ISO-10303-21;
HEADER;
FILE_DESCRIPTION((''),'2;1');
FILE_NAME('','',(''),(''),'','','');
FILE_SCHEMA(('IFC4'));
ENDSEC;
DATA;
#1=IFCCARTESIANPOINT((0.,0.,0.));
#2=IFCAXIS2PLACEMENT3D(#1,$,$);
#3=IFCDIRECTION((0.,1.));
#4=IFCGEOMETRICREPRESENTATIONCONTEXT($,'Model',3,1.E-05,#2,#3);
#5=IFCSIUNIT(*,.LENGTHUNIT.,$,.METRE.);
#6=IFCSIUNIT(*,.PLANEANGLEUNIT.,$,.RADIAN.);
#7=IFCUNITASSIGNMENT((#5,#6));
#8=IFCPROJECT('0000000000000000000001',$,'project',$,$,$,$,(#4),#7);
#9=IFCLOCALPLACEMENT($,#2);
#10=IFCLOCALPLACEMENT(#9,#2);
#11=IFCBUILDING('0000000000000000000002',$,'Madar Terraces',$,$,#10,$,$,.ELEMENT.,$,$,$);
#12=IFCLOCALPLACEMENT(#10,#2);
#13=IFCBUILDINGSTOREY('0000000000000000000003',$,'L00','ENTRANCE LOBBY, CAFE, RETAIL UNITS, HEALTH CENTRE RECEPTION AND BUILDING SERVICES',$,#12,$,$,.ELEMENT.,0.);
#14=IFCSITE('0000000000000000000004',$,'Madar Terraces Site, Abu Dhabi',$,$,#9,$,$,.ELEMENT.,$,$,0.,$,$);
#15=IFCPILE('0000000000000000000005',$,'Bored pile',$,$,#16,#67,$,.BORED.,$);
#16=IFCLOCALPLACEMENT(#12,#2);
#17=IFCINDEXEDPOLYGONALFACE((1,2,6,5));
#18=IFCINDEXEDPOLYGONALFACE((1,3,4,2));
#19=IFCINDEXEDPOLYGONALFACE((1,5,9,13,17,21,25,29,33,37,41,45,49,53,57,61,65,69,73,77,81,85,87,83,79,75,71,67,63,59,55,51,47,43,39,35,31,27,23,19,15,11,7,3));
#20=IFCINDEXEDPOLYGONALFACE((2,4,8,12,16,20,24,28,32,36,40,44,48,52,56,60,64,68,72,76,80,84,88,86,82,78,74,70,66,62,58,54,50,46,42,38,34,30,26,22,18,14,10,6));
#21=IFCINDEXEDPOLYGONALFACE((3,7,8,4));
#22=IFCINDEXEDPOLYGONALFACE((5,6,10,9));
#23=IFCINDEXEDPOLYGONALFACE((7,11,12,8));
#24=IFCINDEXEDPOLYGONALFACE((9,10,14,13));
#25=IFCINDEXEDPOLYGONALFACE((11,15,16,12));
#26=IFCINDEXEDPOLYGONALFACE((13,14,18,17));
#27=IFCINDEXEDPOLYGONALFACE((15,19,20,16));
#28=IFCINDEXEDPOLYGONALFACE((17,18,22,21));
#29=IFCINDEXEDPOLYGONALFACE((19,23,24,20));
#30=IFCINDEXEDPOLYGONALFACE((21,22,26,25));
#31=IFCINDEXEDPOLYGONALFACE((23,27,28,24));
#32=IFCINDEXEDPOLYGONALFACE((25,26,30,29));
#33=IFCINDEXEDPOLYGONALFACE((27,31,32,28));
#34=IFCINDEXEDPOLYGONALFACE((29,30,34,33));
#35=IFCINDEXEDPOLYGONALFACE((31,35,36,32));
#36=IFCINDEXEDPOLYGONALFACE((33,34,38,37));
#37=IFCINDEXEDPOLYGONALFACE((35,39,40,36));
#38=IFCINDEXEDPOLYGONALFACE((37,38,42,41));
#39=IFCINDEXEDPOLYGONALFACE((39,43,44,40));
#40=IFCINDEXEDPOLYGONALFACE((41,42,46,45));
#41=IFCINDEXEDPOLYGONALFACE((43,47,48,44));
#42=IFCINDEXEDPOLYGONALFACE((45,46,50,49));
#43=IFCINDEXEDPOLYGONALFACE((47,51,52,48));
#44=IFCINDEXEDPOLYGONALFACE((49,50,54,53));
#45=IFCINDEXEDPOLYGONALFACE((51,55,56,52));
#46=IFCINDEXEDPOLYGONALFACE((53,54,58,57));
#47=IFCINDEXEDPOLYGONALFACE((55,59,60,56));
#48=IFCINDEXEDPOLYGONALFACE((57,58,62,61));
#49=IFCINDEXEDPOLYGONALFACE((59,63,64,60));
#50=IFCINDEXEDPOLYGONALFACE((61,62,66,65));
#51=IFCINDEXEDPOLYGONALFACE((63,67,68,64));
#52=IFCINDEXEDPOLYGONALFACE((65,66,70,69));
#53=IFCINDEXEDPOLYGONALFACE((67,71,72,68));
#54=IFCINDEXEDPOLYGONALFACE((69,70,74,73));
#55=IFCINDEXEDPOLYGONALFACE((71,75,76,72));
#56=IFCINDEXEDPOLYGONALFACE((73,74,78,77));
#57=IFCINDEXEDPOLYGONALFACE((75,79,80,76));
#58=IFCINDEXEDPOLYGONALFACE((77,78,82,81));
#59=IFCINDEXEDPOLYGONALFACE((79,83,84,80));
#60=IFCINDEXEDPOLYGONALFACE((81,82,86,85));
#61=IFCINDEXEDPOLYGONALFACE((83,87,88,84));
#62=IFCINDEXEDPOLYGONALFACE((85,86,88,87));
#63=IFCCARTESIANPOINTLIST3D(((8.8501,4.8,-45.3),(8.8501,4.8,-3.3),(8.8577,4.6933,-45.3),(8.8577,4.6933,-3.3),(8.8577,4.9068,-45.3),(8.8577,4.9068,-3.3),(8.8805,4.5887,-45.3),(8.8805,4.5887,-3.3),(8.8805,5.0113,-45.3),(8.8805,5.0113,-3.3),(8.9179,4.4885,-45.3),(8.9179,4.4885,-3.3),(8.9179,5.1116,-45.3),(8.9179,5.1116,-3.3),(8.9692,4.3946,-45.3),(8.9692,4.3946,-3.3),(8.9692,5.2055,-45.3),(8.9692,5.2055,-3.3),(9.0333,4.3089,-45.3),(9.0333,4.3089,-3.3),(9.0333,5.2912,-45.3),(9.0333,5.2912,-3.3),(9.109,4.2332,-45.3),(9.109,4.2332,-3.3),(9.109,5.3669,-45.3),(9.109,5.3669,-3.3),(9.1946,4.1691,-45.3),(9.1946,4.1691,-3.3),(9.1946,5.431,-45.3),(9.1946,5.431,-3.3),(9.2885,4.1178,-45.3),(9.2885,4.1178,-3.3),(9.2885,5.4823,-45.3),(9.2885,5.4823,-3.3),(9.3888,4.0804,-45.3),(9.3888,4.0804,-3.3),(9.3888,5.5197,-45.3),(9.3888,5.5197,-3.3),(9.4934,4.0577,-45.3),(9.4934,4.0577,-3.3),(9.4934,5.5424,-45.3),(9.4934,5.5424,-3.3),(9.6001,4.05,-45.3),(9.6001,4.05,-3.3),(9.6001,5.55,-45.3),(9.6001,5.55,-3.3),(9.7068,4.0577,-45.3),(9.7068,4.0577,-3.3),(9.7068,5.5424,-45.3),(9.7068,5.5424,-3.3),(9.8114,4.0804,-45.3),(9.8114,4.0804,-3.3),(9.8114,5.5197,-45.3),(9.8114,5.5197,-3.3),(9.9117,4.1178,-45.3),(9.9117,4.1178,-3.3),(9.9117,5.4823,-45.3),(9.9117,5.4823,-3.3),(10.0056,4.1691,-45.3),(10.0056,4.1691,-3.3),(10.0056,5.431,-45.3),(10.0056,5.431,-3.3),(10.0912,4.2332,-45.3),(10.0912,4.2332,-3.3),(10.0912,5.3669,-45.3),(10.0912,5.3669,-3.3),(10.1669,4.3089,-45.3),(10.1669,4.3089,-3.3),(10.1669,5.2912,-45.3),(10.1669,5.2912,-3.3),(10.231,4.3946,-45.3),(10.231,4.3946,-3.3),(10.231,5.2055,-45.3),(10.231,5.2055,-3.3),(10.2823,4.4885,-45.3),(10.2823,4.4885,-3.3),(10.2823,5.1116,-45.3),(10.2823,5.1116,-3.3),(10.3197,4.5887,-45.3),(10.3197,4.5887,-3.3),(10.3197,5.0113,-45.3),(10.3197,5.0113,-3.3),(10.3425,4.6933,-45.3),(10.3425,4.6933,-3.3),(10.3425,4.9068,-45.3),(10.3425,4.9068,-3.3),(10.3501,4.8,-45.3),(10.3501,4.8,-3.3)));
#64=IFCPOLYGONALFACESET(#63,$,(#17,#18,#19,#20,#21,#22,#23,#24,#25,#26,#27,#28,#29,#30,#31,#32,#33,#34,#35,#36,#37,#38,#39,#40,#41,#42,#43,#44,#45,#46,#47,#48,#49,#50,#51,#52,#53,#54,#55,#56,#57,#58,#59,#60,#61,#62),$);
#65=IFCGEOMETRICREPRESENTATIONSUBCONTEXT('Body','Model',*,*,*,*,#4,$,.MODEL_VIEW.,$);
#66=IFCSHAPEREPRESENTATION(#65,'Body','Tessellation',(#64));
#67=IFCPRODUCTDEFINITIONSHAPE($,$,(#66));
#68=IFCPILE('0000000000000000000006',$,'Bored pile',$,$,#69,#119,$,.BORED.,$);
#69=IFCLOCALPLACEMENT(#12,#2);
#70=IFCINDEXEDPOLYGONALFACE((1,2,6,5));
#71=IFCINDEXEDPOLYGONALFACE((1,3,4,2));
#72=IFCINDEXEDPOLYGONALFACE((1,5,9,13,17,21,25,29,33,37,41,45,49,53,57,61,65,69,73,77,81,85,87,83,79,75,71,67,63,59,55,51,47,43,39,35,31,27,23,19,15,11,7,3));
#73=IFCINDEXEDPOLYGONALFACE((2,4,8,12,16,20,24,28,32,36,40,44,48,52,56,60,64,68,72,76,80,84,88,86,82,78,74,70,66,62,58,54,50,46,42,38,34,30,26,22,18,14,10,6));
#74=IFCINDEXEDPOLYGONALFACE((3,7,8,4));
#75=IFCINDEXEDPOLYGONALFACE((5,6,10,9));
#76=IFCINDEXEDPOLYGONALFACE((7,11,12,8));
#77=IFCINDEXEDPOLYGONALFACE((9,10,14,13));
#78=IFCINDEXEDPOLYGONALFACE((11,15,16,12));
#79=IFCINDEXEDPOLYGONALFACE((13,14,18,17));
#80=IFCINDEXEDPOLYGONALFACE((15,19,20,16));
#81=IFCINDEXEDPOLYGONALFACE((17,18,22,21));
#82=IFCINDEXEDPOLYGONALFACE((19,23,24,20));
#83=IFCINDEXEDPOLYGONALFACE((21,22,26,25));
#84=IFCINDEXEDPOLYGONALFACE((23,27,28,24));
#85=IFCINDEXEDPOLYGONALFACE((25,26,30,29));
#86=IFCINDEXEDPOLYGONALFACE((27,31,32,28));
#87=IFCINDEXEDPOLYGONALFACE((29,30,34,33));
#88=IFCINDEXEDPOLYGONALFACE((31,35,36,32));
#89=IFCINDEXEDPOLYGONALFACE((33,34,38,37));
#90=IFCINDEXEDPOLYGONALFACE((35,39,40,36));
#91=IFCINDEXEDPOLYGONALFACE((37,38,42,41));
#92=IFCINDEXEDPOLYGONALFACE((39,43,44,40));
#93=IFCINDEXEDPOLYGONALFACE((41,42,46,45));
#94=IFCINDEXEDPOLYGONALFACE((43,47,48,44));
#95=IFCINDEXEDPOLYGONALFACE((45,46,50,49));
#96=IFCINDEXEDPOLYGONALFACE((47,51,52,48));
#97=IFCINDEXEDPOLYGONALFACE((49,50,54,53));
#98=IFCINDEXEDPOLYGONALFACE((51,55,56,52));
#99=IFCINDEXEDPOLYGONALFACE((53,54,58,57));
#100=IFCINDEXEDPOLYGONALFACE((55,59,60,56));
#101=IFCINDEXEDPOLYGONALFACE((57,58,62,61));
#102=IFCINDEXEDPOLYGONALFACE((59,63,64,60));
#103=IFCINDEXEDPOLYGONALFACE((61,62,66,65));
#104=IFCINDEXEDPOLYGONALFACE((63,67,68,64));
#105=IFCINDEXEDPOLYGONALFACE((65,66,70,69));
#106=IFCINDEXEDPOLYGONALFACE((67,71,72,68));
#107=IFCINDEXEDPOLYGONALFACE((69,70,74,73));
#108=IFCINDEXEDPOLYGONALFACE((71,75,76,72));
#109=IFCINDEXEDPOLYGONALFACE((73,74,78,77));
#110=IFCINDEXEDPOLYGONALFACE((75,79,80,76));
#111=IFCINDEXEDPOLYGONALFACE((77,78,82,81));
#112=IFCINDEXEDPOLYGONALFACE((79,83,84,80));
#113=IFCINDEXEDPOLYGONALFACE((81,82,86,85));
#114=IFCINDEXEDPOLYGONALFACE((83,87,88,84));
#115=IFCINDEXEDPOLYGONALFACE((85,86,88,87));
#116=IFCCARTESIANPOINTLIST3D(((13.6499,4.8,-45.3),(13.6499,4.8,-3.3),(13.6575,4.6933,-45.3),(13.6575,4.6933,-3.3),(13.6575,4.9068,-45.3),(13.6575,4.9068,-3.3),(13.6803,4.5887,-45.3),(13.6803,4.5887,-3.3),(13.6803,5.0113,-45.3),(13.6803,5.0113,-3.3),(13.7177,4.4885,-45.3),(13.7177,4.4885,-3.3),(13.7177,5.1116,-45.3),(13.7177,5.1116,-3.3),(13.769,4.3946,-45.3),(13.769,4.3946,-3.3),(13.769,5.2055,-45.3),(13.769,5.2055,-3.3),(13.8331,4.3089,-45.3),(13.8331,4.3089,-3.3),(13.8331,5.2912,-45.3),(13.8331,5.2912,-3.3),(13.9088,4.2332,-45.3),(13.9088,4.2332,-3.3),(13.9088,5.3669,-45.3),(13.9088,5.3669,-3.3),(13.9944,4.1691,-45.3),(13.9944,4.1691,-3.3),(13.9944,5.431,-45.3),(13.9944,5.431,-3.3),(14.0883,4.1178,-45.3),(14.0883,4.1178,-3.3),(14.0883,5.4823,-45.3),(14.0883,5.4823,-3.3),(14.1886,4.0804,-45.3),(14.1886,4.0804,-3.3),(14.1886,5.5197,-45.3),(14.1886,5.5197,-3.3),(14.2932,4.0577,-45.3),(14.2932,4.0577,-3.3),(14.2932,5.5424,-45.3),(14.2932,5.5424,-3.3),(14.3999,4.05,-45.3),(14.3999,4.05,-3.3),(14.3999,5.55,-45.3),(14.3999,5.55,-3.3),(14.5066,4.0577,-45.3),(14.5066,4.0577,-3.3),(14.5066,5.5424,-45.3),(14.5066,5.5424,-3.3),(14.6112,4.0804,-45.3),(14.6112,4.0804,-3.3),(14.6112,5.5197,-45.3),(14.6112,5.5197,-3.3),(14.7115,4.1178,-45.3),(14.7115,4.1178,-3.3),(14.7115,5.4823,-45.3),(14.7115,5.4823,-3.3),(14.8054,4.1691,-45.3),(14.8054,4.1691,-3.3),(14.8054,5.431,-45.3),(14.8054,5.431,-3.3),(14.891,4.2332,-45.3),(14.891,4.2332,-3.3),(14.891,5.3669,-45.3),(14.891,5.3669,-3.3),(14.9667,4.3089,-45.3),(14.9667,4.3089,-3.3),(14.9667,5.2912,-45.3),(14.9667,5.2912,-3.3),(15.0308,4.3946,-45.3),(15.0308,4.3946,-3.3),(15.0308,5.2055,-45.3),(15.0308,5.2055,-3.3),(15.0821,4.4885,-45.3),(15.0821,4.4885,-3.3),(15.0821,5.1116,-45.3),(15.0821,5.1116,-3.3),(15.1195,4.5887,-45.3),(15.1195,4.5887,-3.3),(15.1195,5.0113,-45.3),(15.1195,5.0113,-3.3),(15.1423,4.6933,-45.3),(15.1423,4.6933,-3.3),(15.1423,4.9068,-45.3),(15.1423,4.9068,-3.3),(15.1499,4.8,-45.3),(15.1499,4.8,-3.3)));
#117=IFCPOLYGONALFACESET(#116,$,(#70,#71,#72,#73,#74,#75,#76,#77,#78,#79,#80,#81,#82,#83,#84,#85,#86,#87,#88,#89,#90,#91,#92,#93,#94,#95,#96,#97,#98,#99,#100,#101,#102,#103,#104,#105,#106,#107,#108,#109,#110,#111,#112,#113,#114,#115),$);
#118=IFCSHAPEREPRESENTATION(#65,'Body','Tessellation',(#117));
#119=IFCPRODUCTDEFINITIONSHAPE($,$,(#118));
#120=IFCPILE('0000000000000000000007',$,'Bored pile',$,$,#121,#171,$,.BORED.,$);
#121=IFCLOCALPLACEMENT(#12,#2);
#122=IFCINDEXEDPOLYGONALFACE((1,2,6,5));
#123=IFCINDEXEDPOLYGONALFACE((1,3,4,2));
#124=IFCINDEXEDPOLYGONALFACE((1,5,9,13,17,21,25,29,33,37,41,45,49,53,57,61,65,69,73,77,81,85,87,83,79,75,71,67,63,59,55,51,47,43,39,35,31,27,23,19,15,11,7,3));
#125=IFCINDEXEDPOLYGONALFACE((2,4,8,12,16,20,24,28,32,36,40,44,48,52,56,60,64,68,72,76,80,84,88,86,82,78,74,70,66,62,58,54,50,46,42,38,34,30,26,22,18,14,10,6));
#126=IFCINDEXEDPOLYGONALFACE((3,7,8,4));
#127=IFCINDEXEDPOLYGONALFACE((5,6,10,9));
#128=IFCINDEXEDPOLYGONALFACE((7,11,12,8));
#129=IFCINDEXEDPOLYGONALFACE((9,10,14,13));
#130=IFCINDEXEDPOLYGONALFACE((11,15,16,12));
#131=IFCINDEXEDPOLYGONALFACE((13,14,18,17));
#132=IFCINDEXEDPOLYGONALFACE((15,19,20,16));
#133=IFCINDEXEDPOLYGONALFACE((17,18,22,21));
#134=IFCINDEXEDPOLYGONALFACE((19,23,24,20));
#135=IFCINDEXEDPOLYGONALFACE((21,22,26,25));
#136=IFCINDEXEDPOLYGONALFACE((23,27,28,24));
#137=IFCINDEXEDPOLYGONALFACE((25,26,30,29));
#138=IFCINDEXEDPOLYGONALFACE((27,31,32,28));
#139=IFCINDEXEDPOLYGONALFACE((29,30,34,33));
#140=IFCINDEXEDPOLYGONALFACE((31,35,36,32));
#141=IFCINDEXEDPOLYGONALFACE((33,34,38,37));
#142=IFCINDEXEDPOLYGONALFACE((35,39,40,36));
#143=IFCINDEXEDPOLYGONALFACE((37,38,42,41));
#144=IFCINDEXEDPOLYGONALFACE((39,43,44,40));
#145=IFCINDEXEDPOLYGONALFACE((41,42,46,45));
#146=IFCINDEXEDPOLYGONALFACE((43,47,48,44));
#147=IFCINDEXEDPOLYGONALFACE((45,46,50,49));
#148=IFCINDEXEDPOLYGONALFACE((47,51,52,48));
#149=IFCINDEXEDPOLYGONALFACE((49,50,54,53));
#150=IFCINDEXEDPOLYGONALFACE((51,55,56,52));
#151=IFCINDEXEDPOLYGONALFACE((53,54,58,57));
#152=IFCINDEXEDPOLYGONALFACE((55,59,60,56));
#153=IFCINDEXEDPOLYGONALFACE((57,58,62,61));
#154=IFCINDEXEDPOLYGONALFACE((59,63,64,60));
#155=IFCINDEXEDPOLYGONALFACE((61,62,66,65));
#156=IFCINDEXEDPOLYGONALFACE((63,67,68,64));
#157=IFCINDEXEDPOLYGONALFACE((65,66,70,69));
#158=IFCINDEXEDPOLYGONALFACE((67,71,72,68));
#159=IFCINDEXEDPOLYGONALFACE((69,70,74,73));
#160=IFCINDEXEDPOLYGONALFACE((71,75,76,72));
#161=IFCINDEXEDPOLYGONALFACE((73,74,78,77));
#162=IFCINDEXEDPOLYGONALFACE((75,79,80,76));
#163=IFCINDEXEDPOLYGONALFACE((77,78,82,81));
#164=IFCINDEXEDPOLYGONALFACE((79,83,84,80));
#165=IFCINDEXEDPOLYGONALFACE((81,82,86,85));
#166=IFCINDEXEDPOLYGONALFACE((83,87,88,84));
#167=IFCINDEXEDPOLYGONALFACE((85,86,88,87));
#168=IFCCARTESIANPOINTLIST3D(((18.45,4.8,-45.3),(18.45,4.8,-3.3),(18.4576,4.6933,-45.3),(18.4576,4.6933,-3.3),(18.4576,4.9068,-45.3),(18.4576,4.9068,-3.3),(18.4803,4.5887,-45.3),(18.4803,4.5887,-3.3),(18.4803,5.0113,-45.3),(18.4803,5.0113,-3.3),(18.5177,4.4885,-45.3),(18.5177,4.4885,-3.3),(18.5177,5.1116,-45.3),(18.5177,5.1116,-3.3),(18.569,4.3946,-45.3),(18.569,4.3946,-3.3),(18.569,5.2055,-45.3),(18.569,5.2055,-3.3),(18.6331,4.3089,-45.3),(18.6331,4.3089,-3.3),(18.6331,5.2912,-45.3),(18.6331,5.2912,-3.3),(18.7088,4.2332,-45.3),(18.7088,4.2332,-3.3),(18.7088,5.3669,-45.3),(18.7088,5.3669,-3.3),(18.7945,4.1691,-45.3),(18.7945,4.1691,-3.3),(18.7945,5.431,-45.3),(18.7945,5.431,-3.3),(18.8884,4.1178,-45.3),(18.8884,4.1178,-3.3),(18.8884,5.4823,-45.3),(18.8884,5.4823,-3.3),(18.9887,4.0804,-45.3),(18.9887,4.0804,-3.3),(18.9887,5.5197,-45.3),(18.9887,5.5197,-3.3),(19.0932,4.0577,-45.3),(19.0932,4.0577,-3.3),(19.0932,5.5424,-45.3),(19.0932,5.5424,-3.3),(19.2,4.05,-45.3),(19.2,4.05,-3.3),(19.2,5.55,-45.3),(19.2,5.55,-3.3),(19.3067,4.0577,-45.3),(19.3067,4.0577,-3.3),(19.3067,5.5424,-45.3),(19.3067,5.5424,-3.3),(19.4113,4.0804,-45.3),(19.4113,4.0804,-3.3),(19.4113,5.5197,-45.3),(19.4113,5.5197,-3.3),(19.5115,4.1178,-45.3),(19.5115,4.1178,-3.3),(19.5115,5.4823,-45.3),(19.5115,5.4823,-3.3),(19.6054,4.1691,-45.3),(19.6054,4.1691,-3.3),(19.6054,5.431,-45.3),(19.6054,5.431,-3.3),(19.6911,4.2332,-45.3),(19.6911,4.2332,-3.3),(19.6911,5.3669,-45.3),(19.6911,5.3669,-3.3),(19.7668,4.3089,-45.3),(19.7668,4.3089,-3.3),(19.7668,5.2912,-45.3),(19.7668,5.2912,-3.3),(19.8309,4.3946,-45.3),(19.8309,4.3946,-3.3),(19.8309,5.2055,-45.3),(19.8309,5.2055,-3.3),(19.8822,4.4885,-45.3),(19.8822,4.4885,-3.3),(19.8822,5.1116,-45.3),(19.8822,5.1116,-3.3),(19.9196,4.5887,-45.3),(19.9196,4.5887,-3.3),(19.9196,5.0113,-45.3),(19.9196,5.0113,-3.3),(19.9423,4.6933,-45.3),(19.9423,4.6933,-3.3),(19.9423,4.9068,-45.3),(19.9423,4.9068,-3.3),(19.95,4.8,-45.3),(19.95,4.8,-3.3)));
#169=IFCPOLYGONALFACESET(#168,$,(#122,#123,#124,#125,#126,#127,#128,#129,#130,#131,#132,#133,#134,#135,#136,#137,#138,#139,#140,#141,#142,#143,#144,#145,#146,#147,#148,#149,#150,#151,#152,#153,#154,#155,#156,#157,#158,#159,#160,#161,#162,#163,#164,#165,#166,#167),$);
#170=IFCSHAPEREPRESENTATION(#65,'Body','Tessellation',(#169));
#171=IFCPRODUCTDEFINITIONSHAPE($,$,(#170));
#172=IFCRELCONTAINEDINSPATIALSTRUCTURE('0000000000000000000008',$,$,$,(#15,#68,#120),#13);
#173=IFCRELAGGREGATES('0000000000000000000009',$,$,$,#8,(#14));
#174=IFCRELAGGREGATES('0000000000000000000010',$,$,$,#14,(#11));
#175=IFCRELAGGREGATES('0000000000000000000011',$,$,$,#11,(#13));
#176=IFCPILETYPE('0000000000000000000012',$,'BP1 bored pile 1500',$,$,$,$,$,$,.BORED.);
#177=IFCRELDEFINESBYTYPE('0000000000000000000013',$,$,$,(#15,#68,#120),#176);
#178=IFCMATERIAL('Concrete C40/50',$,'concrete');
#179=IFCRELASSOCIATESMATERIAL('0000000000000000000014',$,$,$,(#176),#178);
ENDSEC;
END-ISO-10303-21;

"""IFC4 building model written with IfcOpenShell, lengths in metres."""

from ifc_helpers import new_model, si_unit, direction, frame, origin, origin_2d, place, context, subcontext, project, spatial, circle, extrude, material, material_profile, profile_set, type_object, element, save


model = new_model("IFC4")

# Units and contexts
model_context = context("Model", 3, precision=1e-05, world=origin(), true_north=direction((0.0, 1.0)))
body_context = subcontext(model_context, "Body", "Model", "MODEL_VIEW")
ifc_project = project(units=[si_unit("LENGTHUNIT", "METRE"), si_unit("PLANEANGLEUNIT", "RADIAN")], contexts=[model_context])

# Site, building, storey
site_placement = place(None, origin())
site = spatial("IfcSite", under=ifc_project, at=site_placement, Name="Madar Terraces Site, Abu Dhabi", CompositionType="ELEMENT", RefElevation=0.0)
building_placement = place(site_placement, origin())
building = spatial("IfcBuilding", under=site, at=building_placement, Name="Madar Terraces", CompositionType="ELEMENT")
storey_placement = place(building_placement, origin())
storey = spatial("IfcBuildingStorey", under=building, at=storey_placement, Name="L00", Description="ENTRANCE LOBBY, CAFE, RETAIL UNITS, HEALTH CENTRE RECEPTION AND BUILDING SERVICES", CompositionType="ELEMENT", Elevation=0.0)

# Piles
ifc_material_1 = material(Name="Concrete C40/50", Category="concrete")
ifc_material_profile_1 = material_profile(ifc_material_1, circle(Radius=0.75, at=origin_2d()), Name="BP1 bored pile 1500")
ifc_profile_set_1 = profile_set([ifc_material_profile_1], Name="Concrete C40/50")
pile_type = type_object("IfcPileType", Name="BP1 bored pile 1500", PredefinedType="BORED", material=ifc_profile_set_1)
for number, where, z_axis, x_axis, name in (
    (1, (9.6001, 4.8, -3.3), (0.0, 0.0, -1.0), (1.0, 0.0, 0.0), "Bored pile"),
    (2, (14.3999, 4.8, -3.3), (0.0, 0.0, -1.0), (1.0, 0.0, 0.0), "Bored pile"),
    (3, (19.2, 4.8, -3.3), (0.0, 0.0, -1.0), (1.0, 0.0, 0.0), "Bored pile"),
):
    element("IfcPile", number, at=place(storey_placement, frame(where, z_axis=z_axis, x_axis=x_axis)), inside=storey, type_object=pile_type, Name=name, PredefinedType="BORED", context=body_context, shape_type="SweptSolid", body=[
        extrude(circle(Radius=0.75, at=origin_2d()), origin(), (0.0, 0.0, 1.0), 42.0),
    ])

save(model, "model.ifc")
